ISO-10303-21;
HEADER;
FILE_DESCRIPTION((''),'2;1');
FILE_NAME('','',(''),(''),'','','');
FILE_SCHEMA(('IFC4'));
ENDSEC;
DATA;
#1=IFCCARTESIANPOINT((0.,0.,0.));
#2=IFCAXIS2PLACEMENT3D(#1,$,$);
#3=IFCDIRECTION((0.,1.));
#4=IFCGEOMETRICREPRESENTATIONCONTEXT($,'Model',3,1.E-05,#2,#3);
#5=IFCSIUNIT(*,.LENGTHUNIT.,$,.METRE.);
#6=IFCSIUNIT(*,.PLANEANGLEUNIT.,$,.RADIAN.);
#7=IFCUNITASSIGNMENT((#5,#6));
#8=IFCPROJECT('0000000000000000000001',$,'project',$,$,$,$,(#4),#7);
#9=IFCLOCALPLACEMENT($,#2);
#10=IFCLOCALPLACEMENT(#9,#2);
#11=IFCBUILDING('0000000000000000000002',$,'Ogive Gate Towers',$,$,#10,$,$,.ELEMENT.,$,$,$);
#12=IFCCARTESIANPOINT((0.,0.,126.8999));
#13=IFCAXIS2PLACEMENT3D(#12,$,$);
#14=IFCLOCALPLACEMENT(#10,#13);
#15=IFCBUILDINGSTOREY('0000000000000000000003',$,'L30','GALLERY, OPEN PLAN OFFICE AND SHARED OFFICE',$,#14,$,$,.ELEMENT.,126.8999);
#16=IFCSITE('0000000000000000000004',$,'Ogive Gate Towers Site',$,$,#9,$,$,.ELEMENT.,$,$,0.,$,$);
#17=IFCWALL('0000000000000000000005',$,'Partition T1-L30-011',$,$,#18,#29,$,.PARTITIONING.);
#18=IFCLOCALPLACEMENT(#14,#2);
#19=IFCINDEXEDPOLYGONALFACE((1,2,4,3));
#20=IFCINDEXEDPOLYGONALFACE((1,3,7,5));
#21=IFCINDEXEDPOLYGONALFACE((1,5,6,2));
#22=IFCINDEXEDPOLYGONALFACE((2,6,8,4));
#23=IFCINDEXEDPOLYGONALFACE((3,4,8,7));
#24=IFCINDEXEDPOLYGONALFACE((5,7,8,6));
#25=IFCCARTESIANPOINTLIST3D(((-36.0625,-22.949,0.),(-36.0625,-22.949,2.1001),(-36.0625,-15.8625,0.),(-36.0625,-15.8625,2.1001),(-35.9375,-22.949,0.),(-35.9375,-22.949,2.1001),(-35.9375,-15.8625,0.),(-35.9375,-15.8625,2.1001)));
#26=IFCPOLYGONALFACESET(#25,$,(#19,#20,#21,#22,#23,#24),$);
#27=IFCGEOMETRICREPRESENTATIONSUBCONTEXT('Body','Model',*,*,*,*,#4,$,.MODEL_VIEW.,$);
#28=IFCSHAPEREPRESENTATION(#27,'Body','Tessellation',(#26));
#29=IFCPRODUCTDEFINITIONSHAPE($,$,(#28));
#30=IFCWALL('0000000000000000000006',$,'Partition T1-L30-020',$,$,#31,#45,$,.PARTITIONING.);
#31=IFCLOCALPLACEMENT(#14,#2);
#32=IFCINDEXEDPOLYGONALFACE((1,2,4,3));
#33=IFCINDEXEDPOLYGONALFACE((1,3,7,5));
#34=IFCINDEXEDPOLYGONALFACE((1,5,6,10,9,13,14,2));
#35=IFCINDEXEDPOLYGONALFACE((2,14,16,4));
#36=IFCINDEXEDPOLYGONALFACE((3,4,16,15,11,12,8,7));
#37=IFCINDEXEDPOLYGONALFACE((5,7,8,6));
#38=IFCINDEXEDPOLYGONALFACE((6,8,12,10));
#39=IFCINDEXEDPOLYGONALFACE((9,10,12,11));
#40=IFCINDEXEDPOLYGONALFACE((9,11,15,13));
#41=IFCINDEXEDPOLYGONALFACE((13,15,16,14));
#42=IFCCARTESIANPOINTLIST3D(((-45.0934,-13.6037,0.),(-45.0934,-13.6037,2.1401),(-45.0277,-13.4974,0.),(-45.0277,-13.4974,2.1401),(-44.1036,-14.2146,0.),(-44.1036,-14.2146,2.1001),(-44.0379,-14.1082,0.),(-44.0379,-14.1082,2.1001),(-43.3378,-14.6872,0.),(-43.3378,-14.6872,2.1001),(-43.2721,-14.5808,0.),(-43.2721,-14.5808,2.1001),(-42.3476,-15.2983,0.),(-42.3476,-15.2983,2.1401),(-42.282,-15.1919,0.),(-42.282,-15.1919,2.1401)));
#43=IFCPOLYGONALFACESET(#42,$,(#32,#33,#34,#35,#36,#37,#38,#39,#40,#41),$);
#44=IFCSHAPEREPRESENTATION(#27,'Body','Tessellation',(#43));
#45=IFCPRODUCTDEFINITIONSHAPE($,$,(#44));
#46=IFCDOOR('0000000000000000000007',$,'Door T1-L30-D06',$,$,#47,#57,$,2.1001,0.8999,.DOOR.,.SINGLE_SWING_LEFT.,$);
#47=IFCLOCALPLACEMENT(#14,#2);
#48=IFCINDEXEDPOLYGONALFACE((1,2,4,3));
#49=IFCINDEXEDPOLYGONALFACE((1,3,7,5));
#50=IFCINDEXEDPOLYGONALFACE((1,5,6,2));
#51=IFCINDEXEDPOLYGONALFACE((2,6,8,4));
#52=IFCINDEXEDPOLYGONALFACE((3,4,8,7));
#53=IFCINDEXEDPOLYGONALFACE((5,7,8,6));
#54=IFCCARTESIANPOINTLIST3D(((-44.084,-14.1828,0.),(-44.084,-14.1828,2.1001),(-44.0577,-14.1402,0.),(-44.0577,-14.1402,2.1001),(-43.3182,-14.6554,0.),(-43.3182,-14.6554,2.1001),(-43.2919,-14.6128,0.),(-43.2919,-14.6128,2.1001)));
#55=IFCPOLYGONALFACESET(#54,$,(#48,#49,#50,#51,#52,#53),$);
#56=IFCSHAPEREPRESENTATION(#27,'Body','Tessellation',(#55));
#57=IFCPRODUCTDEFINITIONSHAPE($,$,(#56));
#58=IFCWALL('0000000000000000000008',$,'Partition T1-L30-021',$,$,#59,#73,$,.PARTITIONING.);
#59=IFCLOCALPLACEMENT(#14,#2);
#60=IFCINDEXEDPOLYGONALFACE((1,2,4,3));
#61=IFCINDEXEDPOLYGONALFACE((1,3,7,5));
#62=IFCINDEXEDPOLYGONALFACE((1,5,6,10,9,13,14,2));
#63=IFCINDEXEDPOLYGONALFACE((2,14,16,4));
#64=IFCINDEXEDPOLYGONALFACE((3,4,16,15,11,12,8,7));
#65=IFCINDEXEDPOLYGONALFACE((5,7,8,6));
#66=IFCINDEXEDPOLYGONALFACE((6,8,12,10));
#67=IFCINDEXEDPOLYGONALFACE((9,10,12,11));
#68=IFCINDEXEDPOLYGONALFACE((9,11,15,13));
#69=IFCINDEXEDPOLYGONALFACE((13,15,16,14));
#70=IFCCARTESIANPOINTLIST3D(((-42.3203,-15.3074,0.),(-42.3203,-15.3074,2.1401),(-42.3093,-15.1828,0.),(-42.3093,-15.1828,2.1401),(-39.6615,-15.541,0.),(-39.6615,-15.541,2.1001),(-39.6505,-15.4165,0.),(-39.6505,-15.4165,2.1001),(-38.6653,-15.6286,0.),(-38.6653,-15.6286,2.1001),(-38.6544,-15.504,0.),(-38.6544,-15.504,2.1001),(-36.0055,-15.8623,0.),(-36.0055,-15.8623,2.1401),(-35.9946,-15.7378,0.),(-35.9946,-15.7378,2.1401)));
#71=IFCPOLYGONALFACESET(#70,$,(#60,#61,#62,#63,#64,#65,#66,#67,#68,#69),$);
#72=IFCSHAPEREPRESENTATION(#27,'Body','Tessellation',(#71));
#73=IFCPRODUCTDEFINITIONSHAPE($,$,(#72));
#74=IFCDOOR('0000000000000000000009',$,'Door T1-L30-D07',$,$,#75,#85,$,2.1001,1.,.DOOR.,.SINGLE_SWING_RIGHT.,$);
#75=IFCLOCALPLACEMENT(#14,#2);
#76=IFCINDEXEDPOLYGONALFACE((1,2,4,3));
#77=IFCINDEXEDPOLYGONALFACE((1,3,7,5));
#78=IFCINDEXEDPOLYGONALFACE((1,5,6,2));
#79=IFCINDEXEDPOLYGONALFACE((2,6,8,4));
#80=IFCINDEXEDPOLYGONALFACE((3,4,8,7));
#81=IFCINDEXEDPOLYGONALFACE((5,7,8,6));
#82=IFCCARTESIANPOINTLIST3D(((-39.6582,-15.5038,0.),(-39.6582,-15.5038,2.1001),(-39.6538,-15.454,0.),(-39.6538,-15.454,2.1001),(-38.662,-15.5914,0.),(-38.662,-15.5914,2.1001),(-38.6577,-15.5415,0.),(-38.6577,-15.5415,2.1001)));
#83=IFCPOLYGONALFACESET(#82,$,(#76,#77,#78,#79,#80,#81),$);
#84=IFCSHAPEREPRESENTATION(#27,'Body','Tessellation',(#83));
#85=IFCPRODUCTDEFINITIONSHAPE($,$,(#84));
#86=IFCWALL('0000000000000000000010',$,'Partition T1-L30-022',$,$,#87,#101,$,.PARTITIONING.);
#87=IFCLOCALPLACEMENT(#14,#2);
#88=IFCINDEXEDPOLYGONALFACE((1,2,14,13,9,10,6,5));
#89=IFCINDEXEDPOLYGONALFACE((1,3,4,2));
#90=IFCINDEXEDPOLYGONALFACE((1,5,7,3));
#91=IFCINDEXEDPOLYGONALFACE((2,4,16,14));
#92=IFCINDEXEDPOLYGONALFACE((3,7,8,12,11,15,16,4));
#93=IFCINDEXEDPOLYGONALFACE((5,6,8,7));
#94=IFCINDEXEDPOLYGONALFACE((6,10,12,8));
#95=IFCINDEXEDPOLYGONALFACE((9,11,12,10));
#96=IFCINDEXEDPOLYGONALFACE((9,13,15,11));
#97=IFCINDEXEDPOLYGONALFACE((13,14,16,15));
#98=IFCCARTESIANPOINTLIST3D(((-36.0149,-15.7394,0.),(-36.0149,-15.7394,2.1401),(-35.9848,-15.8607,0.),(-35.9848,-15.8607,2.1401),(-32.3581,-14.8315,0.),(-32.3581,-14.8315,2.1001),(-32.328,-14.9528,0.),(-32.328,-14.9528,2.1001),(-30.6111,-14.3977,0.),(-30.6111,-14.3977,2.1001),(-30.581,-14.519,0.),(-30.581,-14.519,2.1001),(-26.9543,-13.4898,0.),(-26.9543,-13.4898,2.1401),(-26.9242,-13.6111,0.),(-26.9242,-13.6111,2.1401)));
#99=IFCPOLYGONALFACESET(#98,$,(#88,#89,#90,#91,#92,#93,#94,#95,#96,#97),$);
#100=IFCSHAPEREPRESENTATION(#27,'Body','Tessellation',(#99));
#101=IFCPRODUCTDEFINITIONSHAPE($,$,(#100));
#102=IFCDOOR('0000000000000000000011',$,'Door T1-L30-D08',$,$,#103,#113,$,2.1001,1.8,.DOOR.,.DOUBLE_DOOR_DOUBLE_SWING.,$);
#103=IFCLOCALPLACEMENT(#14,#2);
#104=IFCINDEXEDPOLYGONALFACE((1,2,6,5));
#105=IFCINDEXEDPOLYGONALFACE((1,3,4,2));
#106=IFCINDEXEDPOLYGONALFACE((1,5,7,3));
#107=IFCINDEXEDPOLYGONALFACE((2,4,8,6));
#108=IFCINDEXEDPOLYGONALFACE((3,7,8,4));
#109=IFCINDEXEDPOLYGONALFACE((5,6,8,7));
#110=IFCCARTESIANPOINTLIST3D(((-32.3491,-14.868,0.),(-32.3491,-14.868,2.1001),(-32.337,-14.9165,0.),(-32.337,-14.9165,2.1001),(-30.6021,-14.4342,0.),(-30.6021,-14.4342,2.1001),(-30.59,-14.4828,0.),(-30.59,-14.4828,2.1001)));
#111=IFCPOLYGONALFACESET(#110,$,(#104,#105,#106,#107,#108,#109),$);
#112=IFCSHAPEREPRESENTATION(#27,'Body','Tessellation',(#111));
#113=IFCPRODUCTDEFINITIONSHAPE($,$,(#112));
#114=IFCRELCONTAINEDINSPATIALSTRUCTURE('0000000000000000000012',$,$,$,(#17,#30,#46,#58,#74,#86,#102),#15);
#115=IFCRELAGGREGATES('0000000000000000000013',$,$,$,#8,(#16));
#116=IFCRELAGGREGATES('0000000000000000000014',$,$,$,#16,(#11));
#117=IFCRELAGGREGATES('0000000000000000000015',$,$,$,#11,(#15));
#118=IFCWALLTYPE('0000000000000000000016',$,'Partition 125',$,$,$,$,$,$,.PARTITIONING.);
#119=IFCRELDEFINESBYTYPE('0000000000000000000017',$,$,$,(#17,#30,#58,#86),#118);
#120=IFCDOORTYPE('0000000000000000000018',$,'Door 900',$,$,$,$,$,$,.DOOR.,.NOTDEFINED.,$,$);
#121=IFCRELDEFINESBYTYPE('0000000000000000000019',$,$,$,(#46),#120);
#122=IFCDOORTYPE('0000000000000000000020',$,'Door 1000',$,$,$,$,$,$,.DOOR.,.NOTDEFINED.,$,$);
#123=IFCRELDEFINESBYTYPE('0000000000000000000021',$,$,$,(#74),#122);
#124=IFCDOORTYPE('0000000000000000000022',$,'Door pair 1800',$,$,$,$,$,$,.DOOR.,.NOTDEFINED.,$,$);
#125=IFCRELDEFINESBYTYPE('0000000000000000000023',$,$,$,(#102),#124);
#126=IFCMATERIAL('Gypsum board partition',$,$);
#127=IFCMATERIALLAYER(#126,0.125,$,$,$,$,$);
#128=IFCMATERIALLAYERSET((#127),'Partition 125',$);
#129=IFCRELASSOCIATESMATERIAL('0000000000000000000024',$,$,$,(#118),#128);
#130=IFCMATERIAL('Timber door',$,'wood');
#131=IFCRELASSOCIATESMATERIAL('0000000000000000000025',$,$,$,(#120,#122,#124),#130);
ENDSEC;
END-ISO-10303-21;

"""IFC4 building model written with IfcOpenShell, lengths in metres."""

from ifc_helpers import new_model, si_unit, direction, frame, frame_2d, origin, place, context, subcontext, project, spatial, rectangle, extrude, material, layer, layer_set, type_object, element, fill, save


model = new_model("IFC4")

# Units and contexts
model_context = context("Model", 3, precision=1e-05, world=origin(), true_north=direction((0.0, 1.0)))
body_context = subcontext(model_context, "Body", "Model", "MODEL_VIEW")
ifc_project = project(units=[si_unit("LENGTHUNIT", "METRE"), si_unit("PLANEANGLEUNIT", "RADIAN")], contexts=[model_context])

# Site, building, storey
site_placement = place(None, origin())
site = spatial("IfcSite", under=ifc_project, at=site_placement, Name="Ogive Gate Towers Site", CompositionType="ELEMENT", RefElevation=0.0)
building_placement = place(site_placement, origin())
building = spatial("IfcBuilding", under=site, at=building_placement, Name="Ogive Gate Towers", CompositionType="ELEMENT")
storey_placement = place(building_placement, frame((0.0, 0.0, 126.8999)))
storey = spatial("IfcBuildingStorey", under=building, at=storey_placement, Name="L30", Description="GALLERY, OPEN PLAN OFFICE AND SHARED OFFICE", CompositionType="ELEMENT", Elevation=126.8999)

# Wall
ifc_material_1 = material(Name="Gypsum board partition")
ifc_layer_1 = layer(ifc_material_1, 0.125)
ifc_layer_set_1 = layer_set([ifc_layer_1], Name="Partition 125")
wall_type_1 = type_object("IfcWallType", Name="Partition 125", PredefinedType="PARTITIONING", material=ifc_layer_set_1)
wall_1_placement = place(storey_placement, frame((-36.0, -22.949, 0.0), z_axis=(0.0, 0.0, 1.0), x_axis=(0.0, 1.0, 0.0)))
element("IfcWall", 1, at=wall_1_placement, inside=storey, type_object=wall_type_1, Name="Partition T1-L30-011", PredefinedType="PARTITIONING", context=body_context, shape_type="SweptSolid", body=[
    extrude(rectangle(XDim=7.0864, YDim=0.125, at=frame_2d((3.5432, 0.0))), origin(), (0.0, 0.0, 1.0), 2.1001),
])

# Walls, openings, doors
wall_2_placement = place(storey_placement, frame((-45.0605, -13.5505, 0.0), z_axis=(0.0, 0.0, 1.0), x_axis=(0.85099, -0.525182, 0.0)))
wall_2 = element("IfcWall", 2, at=wall_2_placement, inside=storey, type_object=wall_type_1, Name="Partition T1-L30-020", PredefinedType="PARTITIONING", context=body_context, shape_type="SweptSolid", body=[
    extrude(rectangle(XDim=3.2266, YDim=0.125, at=frame_2d((1.6133, 0.0))), origin(), (0.0, 0.0, 1.0), 2.1401),
])
opening_1_placement = place(wall_2_placement, frame((1.1631, 0.0, 0.0)))
opening_1 = element("IfcOpeningElement", 3, at=opening_1_placement, cuts=wall_2, PredefinedType="OPENING", context=body_context, shape_type="SweptSolid", body=[
    extrude(rectangle(XDim=0.8999, YDim=2.1001, at=frame_2d((0.45, 1.05))), frame((0.0, 0.0725, 0.0), z_axis=(0.0, -1.0, 0.0), x_axis=(1.0, 0.0, 0.0)), (0.0, 0.0, 1.0), 0.145),
])
ifc_material_2 = material(Name="Timber door", Category="wood")
door_type_1 = type_object("IfcDoorType", Name="Door 900", OperationType="NOTDEFINED", PredefinedType="DOOR", material=ifc_material_2)
door_1_placement = place(opening_1_placement, origin())
door_1 = element("IfcDoor", 4, at=door_1_placement, inside=storey, type_object=door_type_1, Name="Door T1-L30-D06", OperationType="SINGLE_SWING_LEFT", OverallHeight=2.1001, OverallWidth=0.8999, PredefinedType="DOOR", context=body_context, shape_type="SweptSolid", body=[
    extrude(rectangle(XDim=0.8999, YDim=2.1001, at=frame_2d((0.45, 1.05))), frame((0.0, 0.0249, 0.0), z_axis=(0.0, -1.0, 0.0), x_axis=(1.0, 0.0, 0.0)), (0.0, 0.0, 1.0), 0.05),
])
fill(opening_1, door_1)
wall_3_placement = place(storey_placement, frame((-42.3147, -15.2451, 0.0), z_axis=(0.0, 0.0, 1.0), x_axis=(0.996161, -0.087542, 0.0)))
wall_3 = element("IfcWall", 5, at=wall_3_placement, inside=storey, type_object=wall_type_1, Name="Partition T1-L30-021", PredefinedType="PARTITIONING", context=body_context, shape_type="SweptSolid", body=[
    extrude(rectangle(XDim=6.3391, YDim=0.125, at=frame_2d((3.1694, 0.0))), origin(), (0.0, 0.0, 1.0), 2.1401),
])
opening_2_placement = place(wall_3_placement, frame((2.6689, 0.0, 0.0)))
opening_2 = element("IfcOpeningElement", 6, at=opening_2_placement, cuts=wall_3, PredefinedType="OPENING", context=body_context, shape_type="SweptSolid", body=[
    extrude(rectangle(XDim=1.0, YDim=2.1001, at=frame_2d((0.5, 1.05))), frame((0.0, 0.0725, 0.0), z_axis=(0.0, -1.0, 0.0), x_axis=(1.0, 0.0, 0.0)), (0.0, 0.0, 1.0), 0.145),
])
door_type_2 = type_object("IfcDoorType", Name="Door 1000", OperationType="NOTDEFINED", PredefinedType="DOOR", material=ifc_material_2)
door_2_placement = place(opening_2_placement, origin())
door_2 = element("IfcDoor", 7, at=door_2_placement, inside=storey, type_object=door_type_2, Name="Door T1-L30-D07", OperationType="SINGLE_SWING_RIGHT", OverallHeight=2.1001, OverallWidth=1.0, PredefinedType="DOOR", context=body_context, shape_type="SweptSolid", body=[
    extrude(rectangle(XDim=1.0, YDim=2.1001, at=frame_2d((0.5, 1.05))), frame((0.0, 0.0249, 0.0), z_axis=(0.0, -1.0, 0.0), x_axis=(1.0, 0.0, 0.0)), (0.0, 0.0, 1.0), 0.05),
])
fill(opening_2, door_2)
wall_4_placement = place(storey_placement, frame((-36.0, -15.8, 0.0), z_axis=(0.0, 0.0, 1.0), x_axis=(0.970535, 0.24096, 0.0)))
wall_4 = element("IfcWall", 8, at=wall_4_placement, inside=storey, type_object=wall_type_1, Name="Partition T1-L30-022", PredefinedType="PARTITIONING", context=body_context, shape_type="SweptSolid", body=[
    extrude(rectangle(XDim=9.3357, YDim=0.125, at=frame_2d((4.668, 0.0))), origin(), (0.0, 0.0, 1.0), 2.1401),
])
opening_3_placement = place(wall_4_placement, frame((3.7681, 0.0, 0.0)))
opening_3 = element("IfcOpeningElement", 9, at=opening_3_placement, cuts=wall_4, PredefinedType="OPENING", context=body_context, shape_type="SweptSolid", body=[
    extrude(rectangle(XDim=1.8, YDim=2.1001, at=frame_2d((0.8999, 1.05))), frame((0.0, 0.0725, 0.0), z_axis=(0.0, -1.0, 0.0), x_axis=(1.0, 0.0, 0.0)), (0.0, 0.0, 1.0), 0.145),
])
door_type_3 = type_object("IfcDoorType", Name="Door pair 1800", OperationType="NOTDEFINED", PredefinedType="DOOR", material=ifc_material_2)
door_3_placement = place(opening_3_placement, origin())
door_3 = element("IfcDoor", 10, at=door_3_placement, inside=storey, type_object=door_type_3, Name="Door T1-L30-D08", OperationType="DOUBLE_DOOR_DOUBLE_SWING", OverallHeight=2.1001, OverallWidth=1.8, PredefinedType="DOOR", context=body_context, shape_type="SweptSolid", body=[
    extrude(rectangle(XDim=1.8, YDim=2.1001, at=frame_2d((0.8999, 1.05))), frame((0.0, 0.0249, 0.0), z_axis=(0.0, -1.0, 0.0), x_axis=(1.0, 0.0, 0.0)), (0.0, 0.0, 1.0), 0.05),
])
fill(opening_3, door_3)

save(model, "model.ifc")
